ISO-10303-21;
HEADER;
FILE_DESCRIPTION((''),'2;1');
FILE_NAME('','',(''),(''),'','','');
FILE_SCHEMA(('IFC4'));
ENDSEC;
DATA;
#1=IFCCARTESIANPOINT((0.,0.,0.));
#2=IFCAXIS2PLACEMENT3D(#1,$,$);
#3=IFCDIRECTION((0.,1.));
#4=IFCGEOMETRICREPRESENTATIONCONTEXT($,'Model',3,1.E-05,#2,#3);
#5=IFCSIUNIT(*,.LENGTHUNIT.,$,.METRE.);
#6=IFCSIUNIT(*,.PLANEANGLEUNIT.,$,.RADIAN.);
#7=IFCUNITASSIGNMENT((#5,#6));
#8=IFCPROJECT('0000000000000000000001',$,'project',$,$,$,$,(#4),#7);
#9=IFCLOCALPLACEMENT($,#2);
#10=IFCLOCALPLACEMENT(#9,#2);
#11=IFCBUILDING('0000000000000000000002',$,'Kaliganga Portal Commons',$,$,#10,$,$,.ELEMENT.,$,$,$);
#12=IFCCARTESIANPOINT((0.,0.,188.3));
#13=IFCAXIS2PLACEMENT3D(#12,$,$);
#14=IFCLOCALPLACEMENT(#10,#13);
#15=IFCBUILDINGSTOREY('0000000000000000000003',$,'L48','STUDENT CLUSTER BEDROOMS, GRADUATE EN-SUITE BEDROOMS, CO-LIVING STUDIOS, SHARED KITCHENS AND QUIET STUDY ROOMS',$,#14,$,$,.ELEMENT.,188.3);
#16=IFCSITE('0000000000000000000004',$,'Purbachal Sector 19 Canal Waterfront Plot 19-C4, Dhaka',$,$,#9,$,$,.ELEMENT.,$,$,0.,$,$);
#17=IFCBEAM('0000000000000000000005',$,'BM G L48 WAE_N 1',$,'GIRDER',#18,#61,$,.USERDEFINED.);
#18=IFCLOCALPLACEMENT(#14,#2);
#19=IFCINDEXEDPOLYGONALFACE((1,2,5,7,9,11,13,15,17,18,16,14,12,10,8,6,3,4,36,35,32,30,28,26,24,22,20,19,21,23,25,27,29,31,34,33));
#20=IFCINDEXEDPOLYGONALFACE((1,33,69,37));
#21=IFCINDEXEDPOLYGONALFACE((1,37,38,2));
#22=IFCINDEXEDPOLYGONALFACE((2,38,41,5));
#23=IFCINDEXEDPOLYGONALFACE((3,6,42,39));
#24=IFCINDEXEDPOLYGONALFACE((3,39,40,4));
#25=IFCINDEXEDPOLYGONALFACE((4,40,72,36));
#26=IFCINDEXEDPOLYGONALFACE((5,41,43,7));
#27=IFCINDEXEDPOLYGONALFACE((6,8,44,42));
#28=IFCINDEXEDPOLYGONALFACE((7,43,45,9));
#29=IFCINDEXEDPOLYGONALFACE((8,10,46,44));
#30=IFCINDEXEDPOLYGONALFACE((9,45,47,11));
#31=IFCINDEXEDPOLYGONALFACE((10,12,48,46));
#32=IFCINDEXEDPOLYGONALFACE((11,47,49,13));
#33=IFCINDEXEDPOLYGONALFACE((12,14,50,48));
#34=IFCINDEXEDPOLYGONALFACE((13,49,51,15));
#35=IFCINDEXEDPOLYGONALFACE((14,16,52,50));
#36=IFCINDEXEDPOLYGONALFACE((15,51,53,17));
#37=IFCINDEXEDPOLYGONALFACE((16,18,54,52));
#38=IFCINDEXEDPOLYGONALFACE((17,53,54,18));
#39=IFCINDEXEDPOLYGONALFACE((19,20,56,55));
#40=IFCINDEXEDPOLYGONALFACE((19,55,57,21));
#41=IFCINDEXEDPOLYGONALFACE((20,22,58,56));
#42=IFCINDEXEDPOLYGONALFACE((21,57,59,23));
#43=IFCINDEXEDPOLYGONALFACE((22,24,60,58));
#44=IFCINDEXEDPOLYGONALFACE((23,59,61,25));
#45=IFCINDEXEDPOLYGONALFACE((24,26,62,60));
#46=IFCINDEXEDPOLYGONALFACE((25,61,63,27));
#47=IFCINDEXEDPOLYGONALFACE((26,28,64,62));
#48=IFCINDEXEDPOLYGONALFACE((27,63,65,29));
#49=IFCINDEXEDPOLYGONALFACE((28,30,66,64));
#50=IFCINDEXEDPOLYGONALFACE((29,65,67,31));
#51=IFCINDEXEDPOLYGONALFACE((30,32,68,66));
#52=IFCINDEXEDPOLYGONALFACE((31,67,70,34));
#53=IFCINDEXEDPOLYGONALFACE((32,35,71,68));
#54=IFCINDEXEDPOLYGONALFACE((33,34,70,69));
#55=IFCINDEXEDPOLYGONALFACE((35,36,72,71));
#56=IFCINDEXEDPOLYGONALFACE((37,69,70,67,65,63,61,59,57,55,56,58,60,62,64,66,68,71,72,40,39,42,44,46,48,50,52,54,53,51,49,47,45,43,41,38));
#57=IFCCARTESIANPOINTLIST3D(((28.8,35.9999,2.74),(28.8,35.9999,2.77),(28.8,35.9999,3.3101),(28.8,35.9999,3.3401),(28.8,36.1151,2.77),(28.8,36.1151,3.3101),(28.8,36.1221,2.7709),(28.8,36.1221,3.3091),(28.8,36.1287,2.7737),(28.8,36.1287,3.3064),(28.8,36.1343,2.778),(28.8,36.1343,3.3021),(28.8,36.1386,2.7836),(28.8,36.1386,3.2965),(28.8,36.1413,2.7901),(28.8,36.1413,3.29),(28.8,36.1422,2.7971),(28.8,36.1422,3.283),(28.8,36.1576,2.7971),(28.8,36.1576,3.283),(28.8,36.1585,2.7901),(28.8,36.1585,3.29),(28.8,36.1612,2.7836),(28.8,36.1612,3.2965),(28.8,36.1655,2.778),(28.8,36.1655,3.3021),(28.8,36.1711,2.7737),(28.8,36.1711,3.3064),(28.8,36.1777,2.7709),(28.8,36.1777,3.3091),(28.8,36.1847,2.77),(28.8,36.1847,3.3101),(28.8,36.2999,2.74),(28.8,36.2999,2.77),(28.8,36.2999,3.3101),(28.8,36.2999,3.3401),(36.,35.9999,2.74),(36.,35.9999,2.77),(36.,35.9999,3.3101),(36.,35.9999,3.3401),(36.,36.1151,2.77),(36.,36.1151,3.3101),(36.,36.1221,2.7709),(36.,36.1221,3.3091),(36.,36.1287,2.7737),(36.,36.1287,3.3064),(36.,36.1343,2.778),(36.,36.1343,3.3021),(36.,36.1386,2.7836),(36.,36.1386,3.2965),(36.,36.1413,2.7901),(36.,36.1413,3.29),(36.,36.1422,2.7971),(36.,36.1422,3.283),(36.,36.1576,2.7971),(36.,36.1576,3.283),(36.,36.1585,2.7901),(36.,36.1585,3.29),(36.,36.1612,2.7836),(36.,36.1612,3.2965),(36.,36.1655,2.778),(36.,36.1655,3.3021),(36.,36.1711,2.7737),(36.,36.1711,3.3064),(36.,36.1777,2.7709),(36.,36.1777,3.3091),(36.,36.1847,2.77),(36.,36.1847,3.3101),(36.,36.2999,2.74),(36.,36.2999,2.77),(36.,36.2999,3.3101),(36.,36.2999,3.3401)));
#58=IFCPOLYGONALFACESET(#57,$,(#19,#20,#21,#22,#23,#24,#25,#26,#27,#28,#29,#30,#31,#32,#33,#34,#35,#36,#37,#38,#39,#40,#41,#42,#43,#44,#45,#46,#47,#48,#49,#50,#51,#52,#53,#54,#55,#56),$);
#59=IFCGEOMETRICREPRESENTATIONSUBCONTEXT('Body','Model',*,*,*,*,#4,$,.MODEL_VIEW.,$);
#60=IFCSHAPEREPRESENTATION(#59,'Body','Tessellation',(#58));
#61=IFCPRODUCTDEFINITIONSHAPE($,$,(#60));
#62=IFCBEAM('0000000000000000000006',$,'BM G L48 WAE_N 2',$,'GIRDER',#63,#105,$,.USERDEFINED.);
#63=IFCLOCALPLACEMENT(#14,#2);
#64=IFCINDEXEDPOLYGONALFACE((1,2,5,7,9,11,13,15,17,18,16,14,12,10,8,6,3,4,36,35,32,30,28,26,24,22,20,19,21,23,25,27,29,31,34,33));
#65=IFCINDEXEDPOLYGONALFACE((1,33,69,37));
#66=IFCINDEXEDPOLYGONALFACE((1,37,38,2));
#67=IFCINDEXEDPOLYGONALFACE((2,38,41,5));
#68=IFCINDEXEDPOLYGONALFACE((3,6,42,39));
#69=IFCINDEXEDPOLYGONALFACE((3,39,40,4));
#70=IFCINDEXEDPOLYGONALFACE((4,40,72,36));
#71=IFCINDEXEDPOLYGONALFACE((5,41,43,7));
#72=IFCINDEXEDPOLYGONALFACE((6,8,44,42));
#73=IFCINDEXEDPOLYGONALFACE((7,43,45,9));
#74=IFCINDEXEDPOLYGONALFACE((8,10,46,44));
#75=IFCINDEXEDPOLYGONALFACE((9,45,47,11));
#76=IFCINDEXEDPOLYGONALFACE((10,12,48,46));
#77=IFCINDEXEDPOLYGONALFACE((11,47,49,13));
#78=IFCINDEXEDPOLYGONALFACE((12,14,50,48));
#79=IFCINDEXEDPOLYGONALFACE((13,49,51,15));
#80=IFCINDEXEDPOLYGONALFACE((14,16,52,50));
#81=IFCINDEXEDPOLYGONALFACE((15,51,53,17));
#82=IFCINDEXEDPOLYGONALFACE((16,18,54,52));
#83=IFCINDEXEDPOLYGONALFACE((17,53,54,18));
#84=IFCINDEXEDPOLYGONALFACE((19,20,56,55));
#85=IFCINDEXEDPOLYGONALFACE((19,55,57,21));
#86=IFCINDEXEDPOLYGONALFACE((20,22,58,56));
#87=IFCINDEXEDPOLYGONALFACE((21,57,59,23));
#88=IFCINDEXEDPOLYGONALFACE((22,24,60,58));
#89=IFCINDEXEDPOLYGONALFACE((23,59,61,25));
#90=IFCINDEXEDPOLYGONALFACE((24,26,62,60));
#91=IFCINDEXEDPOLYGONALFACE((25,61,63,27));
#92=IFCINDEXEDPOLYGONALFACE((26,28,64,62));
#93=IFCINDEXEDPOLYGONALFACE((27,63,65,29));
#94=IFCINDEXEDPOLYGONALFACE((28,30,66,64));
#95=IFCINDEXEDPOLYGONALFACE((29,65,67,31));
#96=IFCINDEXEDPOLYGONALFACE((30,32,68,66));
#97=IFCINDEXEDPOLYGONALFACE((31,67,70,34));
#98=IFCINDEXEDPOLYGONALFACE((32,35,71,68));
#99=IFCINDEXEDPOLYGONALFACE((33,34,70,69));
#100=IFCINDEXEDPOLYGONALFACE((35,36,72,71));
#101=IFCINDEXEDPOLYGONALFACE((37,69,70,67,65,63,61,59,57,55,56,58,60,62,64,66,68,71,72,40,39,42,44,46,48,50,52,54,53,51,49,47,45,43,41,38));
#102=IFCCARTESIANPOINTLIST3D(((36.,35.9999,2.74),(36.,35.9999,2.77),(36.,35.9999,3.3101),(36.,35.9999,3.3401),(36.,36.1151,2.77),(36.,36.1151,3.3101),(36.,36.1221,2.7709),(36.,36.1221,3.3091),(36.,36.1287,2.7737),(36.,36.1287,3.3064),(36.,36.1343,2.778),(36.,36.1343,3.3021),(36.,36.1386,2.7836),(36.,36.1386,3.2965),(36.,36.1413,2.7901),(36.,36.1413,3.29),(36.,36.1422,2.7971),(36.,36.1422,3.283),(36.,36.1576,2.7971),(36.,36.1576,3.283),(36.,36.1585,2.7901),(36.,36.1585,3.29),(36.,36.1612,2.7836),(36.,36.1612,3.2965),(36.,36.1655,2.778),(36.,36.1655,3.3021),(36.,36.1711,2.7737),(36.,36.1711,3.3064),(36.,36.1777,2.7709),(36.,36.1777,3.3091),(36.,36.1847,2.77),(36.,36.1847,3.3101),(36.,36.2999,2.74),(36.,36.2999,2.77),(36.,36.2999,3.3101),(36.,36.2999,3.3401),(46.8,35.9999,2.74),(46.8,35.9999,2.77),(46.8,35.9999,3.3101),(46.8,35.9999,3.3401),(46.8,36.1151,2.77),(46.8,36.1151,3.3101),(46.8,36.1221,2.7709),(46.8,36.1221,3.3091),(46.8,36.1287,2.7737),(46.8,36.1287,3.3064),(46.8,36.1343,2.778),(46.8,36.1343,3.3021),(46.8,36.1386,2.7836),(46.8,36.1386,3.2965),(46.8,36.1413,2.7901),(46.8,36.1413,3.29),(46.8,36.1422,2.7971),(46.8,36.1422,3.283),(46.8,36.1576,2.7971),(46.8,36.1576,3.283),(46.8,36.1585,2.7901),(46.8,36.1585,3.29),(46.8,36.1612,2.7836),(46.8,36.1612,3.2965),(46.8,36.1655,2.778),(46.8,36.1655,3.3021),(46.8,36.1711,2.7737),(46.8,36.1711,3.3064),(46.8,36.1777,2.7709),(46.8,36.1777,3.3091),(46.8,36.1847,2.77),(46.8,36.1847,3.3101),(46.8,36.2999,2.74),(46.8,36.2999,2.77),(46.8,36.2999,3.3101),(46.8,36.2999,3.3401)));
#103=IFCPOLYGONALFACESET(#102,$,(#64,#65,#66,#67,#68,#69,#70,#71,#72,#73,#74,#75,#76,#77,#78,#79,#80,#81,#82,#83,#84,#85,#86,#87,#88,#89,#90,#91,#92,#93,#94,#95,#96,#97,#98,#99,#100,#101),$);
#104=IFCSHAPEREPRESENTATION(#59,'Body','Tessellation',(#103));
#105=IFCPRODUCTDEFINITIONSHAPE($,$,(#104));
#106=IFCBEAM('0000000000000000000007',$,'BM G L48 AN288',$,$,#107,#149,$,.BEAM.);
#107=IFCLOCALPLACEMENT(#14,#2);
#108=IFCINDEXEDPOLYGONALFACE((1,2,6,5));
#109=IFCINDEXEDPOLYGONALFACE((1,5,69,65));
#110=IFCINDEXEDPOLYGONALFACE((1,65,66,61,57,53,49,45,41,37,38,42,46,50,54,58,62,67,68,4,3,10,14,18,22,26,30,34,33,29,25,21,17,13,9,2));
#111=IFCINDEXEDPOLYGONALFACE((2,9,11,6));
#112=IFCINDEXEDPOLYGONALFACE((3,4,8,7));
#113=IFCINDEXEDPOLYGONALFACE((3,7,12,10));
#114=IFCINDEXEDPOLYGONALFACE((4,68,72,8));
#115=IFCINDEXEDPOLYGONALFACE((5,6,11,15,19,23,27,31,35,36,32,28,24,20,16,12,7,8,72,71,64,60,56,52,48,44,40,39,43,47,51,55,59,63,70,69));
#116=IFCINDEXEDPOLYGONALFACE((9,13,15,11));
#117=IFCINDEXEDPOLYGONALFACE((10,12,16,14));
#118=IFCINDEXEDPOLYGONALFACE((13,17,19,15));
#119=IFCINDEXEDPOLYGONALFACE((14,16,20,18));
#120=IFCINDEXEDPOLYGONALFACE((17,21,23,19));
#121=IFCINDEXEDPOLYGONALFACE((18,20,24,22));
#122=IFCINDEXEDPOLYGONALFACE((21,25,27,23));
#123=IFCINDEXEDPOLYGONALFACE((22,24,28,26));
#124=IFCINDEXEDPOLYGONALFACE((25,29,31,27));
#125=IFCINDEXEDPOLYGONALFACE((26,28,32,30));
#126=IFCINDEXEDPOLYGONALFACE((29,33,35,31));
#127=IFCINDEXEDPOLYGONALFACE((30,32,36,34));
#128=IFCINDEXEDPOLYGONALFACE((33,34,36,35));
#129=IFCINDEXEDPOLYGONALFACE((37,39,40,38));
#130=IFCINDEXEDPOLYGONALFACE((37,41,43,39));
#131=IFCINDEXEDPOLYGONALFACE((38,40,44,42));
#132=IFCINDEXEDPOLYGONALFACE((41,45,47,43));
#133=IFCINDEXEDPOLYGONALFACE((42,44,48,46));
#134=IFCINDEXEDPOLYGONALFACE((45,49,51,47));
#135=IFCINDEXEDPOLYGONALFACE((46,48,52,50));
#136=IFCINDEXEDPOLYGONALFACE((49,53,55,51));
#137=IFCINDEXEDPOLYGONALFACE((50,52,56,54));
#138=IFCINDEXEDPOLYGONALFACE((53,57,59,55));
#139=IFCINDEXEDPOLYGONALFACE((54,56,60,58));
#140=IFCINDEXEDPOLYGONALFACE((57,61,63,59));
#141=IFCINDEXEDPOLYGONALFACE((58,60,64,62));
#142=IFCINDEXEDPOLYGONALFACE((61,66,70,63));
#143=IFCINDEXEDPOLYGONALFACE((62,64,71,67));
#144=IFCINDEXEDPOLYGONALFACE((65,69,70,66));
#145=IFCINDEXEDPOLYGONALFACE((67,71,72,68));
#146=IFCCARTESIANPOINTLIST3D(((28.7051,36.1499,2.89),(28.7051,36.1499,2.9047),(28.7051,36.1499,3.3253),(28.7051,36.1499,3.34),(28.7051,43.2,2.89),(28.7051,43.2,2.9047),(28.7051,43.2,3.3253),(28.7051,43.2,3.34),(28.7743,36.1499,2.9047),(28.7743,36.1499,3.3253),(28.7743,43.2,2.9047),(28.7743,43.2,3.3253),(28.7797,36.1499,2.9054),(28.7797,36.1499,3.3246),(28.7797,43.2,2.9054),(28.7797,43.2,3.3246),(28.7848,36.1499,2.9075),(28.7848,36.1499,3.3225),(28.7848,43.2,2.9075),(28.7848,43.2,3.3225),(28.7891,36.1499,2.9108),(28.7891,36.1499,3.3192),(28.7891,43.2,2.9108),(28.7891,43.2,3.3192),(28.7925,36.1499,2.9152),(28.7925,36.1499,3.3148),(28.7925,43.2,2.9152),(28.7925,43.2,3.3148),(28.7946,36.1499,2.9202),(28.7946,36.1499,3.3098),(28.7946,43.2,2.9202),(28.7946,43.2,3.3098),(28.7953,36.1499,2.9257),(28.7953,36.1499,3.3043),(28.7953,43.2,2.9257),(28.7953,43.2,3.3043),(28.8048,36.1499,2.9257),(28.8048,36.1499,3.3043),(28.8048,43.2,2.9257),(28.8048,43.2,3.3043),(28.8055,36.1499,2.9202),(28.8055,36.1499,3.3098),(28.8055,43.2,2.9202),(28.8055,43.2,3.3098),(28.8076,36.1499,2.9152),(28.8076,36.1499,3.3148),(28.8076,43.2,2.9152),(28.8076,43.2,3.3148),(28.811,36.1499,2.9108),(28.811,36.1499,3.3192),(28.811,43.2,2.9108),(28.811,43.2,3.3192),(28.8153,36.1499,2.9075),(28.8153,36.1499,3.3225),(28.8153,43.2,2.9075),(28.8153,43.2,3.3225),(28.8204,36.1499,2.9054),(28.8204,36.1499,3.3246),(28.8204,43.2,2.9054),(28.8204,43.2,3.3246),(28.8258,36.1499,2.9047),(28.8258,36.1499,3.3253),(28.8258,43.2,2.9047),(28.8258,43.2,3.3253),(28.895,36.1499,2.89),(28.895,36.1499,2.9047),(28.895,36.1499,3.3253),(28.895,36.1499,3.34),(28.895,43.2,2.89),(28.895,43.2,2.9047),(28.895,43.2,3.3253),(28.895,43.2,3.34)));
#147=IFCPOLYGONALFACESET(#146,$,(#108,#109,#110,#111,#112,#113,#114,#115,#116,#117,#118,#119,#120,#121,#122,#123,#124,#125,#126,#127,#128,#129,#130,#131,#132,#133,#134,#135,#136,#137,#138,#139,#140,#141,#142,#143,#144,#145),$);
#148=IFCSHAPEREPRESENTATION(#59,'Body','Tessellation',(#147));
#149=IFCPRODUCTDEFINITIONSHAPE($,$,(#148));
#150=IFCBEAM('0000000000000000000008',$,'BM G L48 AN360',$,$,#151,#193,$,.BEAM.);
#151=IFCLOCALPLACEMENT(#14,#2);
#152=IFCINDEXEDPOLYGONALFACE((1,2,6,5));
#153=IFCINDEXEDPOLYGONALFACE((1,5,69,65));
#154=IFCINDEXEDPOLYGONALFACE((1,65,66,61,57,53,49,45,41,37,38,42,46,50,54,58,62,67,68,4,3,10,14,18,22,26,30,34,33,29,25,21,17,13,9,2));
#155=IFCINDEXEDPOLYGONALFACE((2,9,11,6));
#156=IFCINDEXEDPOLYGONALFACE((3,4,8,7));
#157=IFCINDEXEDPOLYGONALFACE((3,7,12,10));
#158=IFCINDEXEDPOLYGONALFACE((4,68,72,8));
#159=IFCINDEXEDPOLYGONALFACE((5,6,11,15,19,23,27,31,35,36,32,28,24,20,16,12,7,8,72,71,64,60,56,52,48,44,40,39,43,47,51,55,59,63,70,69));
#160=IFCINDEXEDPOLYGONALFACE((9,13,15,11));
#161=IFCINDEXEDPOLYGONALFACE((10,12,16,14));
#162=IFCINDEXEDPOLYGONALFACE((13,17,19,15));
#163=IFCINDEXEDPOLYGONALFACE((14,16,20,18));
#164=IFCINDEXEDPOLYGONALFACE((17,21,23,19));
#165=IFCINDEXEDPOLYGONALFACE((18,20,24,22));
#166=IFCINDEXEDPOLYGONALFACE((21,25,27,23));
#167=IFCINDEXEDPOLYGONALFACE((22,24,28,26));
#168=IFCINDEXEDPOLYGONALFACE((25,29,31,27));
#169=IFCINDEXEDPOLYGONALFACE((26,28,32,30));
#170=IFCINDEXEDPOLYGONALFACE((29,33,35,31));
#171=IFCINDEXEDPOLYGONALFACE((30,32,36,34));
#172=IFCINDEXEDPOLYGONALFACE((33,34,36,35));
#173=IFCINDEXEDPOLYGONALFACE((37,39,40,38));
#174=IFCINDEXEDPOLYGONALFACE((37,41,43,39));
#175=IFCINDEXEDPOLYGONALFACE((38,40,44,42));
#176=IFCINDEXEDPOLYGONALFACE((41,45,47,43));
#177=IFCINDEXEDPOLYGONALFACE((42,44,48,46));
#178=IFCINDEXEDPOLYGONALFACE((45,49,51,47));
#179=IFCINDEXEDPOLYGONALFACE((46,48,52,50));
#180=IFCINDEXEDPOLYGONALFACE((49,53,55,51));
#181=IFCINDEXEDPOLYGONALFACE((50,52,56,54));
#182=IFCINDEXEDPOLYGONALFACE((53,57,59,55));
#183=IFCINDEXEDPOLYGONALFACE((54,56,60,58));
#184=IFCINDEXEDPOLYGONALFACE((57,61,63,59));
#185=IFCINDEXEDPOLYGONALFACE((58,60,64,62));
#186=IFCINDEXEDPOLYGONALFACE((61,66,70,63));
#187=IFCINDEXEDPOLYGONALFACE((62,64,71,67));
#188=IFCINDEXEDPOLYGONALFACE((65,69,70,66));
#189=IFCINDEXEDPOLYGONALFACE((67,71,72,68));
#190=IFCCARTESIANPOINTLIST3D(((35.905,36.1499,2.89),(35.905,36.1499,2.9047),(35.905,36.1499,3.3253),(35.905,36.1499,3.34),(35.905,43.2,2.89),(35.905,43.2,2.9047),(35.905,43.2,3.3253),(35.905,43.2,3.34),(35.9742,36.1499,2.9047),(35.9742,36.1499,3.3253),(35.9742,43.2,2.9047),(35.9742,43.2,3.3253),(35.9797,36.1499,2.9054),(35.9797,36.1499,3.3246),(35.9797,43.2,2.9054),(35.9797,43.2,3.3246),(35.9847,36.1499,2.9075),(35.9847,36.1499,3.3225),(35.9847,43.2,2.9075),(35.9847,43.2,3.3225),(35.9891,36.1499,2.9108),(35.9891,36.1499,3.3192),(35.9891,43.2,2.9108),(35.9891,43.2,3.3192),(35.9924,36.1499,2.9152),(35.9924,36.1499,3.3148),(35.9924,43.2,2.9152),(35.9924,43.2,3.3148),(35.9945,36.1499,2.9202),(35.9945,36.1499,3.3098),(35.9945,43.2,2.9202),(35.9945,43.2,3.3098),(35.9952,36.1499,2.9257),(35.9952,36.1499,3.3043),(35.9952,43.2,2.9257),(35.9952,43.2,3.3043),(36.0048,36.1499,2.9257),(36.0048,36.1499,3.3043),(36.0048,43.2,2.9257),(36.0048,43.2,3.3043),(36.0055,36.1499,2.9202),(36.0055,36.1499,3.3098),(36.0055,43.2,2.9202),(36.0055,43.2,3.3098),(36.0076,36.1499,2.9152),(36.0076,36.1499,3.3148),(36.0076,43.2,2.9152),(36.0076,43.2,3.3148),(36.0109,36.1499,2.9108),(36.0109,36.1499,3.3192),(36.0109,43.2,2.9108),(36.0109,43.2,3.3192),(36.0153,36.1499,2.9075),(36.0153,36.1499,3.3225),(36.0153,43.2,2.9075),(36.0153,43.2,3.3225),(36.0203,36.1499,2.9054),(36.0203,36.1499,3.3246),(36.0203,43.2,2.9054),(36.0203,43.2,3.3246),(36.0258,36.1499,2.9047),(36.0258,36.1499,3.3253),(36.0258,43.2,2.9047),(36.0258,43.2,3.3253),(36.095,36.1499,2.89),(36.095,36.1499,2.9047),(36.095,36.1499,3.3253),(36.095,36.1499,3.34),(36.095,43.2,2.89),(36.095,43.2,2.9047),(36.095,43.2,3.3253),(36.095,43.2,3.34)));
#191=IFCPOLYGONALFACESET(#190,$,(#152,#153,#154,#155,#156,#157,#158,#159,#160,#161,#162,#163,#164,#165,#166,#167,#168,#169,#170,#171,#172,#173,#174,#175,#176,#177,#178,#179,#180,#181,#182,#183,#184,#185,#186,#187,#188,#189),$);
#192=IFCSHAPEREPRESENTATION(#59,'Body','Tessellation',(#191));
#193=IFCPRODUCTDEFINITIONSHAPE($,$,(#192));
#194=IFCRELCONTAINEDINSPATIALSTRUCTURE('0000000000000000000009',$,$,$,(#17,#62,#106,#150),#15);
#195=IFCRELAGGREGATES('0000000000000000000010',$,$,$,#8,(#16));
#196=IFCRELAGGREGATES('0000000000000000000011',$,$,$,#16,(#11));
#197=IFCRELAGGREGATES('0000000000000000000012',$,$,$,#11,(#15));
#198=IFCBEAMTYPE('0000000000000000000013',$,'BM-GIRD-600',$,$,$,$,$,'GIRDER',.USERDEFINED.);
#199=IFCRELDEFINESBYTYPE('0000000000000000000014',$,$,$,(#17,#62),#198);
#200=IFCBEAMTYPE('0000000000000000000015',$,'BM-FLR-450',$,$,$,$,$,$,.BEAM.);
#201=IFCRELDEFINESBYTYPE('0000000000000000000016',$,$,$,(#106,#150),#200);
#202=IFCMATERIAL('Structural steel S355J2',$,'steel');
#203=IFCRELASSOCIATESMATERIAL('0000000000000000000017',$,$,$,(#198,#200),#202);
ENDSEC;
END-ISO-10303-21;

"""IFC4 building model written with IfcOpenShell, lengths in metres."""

from ifc_helpers import new_model, si_unit, direction, frame, origin, origin_2d, place, context, subcontext, project, spatial, i_section, extrude, source, transform, mapped, material, material_profile, profile_set, type_object, element, save


model = new_model("IFC4")

# Units and contexts
model_context = context("Model", 3, precision=1e-05, world=origin(), true_north=direction((0.0, 1.0)))
body_context = subcontext(model_context, "Body", "Model", "MODEL_VIEW")
ifc_project = project(units=[si_unit("LENGTHUNIT", "METRE"), si_unit("PLANEANGLEUNIT", "RADIAN")], contexts=[model_context])

# Site, building, storey
site_placement = place(None, origin())
site = spatial("IfcSite", under=ifc_project, at=site_placement, Name="Purbachal Sector 19 Canal Waterfront Plot 19-C4, Dhaka", CompositionType="ELEMENT", RefElevation=0.0)
building_placement = place(site_placement, origin())
building = spatial("IfcBuilding", under=site, at=building_placement, Name="Kaliganga Portal Commons", CompositionType="ELEMENT")
storey_placement = place(building_placement, frame((0.0, 0.0, 188.3)))
storey = spatial("IfcBuildingStorey", under=building, at=storey_placement, Name="L48", Description="STUDENT CLUSTER BEDROOMS, GRADUATE EN-SUITE BEDROOMS, CO-LIVING STUDIOS, SHARED KITCHENS AND QUIET STUDY ROOMS", CompositionType="ELEMENT", Elevation=188.3)

# Beams
ifc_material_1 = material(Name="Structural steel S355J2", Category="steel")
ifc_material_profile_1 = material_profile(ifc_material_1, i_section(OverallWidth=0.3, OverallDepth=0.6001, WebThickness=0.0154, FlangeThickness=0.03, FilletRadius=0.0271, at=origin_2d()), Name="HE 600 B")
ifc_profile_set_1 = profile_set([ifc_material_profile_1], Name="Structural steel S355J2 wide-flange")
beam_type_1 = type_object("IfcBeamType", Name="BM-GIRD-600", ElementType="GIRDER", PredefinedType="USERDEFINED", material=ifc_profile_set_1)
shared_shape_1 = source(origin(), body_context, "Body", "SweptSolid", [
    extrude(i_section(OverallWidth=0.3, OverallDepth=0.6001, WebThickness=0.0154, FlangeThickness=0.03, FilletRadius=0.0271, at=origin_2d()), origin(), (0.0, 0.0, 1.0), 7.2),
])
beam_1_placement = place(storey_placement, frame((28.8, 36.1499, 3.04), z_axis=(1.0, 0.0, 0.0), x_axis=(0.0, 1.0, 0.0)))
element("IfcBeam", 1, at=beam_1_placement, inside=storey, type_object=beam_type_1, Name="BM G L48 WAE_N 1", ObjectType="GIRDER", PredefinedType="USERDEFINED", context=body_context, shape_type="MappedRepresentation", body=[
    mapped(shared_shape_1, transform((0.0, 0.0, 0.0), x_axis=(1.0, 0.0, 0.0), y_axis=(0.0, 1.0, 0.0), z_axis=(0.0, 0.0, 1.0), scale=1.0)),
])
shared_shape_2 = source(origin(), body_context, "Body", "SweptSolid", [
    extrude(i_section(OverallWidth=0.3, OverallDepth=0.6001, WebThickness=0.0154, FlangeThickness=0.03, FilletRadius=0.0271, at=origin_2d()), origin(), (0.0, 0.0, 1.0), 10.8),
])
beam_2_placement = place(storey_placement, frame((36.0, 36.1499, 3.04), z_axis=(1.0, 0.0, 0.0), x_axis=(0.0, 1.0, 0.0)))
element("IfcBeam", 2, at=beam_2_placement, inside=storey, type_object=beam_type_1, Name="BM G L48 WAE_N 2", ObjectType="GIRDER", PredefinedType="USERDEFINED", context=body_context, shape_type="MappedRepresentation", body=[
    mapped(shared_shape_2, transform((0.0, 0.0, 0.0), x_axis=(1.0, 0.0, 0.0), y_axis=(0.0, 1.0, 0.0), z_axis=(0.0, 0.0, 1.0), scale=1.0)),
])
ifc_material_profile_2 = material_profile(ifc_material_1, i_section(OverallWidth=0.1899, OverallDepth=0.45, WebThickness=0.0095, FlangeThickness=0.0146, FilletRadius=0.021, at=origin_2d()), Name="IPE 450")
ifc_profile_set_2 = profile_set([ifc_material_profile_2], Name="Structural steel S355J2 wide-flange")
beam_type_2 = type_object("IfcBeamType", Name="BM-FLR-450", PredefinedType="BEAM", material=ifc_profile_set_2)
shared_shape_3 = source(origin(), body_context, "Body", "SweptSolid", [
    extrude(i_section(OverallWidth=0.1899, OverallDepth=0.45, WebThickness=0.0095, FlangeThickness=0.0146, FilletRadius=0.021, at=origin_2d()), origin(), (0.0, 0.0, 1.0), 7.05),
])
for number, where, z_axis, x_axis, name in (
    (3, (28.8, 36.1499, 3.115), (0.0, 1.0, 0.0), (-1.0, 0.0, 0.0), "BM G L48 AN288"),
    (4, (36.0, 36.1499, 3.115), (0.0, 1.0, 0.0), (-1.0, 0.0, 0.0), "BM G L48 AN360"),
):
    element("IfcBeam", number, at=place(storey_placement, frame(where, z_axis=z_axis, x_axis=x_axis)), inside=storey, type_object=beam_type_2, Name=name, PredefinedType="BEAM", context=body_context, shape_type="MappedRepresentation", body=[
        mapped(shared_shape_3, transform((0.0, 0.0, 0.0), x_axis=(1.0, 0.0, 0.0), y_axis=(0.0, 1.0, 0.0), z_axis=(0.0, 0.0, 1.0), scale=1.0)),
    ])

save(model, "model.ifc")
